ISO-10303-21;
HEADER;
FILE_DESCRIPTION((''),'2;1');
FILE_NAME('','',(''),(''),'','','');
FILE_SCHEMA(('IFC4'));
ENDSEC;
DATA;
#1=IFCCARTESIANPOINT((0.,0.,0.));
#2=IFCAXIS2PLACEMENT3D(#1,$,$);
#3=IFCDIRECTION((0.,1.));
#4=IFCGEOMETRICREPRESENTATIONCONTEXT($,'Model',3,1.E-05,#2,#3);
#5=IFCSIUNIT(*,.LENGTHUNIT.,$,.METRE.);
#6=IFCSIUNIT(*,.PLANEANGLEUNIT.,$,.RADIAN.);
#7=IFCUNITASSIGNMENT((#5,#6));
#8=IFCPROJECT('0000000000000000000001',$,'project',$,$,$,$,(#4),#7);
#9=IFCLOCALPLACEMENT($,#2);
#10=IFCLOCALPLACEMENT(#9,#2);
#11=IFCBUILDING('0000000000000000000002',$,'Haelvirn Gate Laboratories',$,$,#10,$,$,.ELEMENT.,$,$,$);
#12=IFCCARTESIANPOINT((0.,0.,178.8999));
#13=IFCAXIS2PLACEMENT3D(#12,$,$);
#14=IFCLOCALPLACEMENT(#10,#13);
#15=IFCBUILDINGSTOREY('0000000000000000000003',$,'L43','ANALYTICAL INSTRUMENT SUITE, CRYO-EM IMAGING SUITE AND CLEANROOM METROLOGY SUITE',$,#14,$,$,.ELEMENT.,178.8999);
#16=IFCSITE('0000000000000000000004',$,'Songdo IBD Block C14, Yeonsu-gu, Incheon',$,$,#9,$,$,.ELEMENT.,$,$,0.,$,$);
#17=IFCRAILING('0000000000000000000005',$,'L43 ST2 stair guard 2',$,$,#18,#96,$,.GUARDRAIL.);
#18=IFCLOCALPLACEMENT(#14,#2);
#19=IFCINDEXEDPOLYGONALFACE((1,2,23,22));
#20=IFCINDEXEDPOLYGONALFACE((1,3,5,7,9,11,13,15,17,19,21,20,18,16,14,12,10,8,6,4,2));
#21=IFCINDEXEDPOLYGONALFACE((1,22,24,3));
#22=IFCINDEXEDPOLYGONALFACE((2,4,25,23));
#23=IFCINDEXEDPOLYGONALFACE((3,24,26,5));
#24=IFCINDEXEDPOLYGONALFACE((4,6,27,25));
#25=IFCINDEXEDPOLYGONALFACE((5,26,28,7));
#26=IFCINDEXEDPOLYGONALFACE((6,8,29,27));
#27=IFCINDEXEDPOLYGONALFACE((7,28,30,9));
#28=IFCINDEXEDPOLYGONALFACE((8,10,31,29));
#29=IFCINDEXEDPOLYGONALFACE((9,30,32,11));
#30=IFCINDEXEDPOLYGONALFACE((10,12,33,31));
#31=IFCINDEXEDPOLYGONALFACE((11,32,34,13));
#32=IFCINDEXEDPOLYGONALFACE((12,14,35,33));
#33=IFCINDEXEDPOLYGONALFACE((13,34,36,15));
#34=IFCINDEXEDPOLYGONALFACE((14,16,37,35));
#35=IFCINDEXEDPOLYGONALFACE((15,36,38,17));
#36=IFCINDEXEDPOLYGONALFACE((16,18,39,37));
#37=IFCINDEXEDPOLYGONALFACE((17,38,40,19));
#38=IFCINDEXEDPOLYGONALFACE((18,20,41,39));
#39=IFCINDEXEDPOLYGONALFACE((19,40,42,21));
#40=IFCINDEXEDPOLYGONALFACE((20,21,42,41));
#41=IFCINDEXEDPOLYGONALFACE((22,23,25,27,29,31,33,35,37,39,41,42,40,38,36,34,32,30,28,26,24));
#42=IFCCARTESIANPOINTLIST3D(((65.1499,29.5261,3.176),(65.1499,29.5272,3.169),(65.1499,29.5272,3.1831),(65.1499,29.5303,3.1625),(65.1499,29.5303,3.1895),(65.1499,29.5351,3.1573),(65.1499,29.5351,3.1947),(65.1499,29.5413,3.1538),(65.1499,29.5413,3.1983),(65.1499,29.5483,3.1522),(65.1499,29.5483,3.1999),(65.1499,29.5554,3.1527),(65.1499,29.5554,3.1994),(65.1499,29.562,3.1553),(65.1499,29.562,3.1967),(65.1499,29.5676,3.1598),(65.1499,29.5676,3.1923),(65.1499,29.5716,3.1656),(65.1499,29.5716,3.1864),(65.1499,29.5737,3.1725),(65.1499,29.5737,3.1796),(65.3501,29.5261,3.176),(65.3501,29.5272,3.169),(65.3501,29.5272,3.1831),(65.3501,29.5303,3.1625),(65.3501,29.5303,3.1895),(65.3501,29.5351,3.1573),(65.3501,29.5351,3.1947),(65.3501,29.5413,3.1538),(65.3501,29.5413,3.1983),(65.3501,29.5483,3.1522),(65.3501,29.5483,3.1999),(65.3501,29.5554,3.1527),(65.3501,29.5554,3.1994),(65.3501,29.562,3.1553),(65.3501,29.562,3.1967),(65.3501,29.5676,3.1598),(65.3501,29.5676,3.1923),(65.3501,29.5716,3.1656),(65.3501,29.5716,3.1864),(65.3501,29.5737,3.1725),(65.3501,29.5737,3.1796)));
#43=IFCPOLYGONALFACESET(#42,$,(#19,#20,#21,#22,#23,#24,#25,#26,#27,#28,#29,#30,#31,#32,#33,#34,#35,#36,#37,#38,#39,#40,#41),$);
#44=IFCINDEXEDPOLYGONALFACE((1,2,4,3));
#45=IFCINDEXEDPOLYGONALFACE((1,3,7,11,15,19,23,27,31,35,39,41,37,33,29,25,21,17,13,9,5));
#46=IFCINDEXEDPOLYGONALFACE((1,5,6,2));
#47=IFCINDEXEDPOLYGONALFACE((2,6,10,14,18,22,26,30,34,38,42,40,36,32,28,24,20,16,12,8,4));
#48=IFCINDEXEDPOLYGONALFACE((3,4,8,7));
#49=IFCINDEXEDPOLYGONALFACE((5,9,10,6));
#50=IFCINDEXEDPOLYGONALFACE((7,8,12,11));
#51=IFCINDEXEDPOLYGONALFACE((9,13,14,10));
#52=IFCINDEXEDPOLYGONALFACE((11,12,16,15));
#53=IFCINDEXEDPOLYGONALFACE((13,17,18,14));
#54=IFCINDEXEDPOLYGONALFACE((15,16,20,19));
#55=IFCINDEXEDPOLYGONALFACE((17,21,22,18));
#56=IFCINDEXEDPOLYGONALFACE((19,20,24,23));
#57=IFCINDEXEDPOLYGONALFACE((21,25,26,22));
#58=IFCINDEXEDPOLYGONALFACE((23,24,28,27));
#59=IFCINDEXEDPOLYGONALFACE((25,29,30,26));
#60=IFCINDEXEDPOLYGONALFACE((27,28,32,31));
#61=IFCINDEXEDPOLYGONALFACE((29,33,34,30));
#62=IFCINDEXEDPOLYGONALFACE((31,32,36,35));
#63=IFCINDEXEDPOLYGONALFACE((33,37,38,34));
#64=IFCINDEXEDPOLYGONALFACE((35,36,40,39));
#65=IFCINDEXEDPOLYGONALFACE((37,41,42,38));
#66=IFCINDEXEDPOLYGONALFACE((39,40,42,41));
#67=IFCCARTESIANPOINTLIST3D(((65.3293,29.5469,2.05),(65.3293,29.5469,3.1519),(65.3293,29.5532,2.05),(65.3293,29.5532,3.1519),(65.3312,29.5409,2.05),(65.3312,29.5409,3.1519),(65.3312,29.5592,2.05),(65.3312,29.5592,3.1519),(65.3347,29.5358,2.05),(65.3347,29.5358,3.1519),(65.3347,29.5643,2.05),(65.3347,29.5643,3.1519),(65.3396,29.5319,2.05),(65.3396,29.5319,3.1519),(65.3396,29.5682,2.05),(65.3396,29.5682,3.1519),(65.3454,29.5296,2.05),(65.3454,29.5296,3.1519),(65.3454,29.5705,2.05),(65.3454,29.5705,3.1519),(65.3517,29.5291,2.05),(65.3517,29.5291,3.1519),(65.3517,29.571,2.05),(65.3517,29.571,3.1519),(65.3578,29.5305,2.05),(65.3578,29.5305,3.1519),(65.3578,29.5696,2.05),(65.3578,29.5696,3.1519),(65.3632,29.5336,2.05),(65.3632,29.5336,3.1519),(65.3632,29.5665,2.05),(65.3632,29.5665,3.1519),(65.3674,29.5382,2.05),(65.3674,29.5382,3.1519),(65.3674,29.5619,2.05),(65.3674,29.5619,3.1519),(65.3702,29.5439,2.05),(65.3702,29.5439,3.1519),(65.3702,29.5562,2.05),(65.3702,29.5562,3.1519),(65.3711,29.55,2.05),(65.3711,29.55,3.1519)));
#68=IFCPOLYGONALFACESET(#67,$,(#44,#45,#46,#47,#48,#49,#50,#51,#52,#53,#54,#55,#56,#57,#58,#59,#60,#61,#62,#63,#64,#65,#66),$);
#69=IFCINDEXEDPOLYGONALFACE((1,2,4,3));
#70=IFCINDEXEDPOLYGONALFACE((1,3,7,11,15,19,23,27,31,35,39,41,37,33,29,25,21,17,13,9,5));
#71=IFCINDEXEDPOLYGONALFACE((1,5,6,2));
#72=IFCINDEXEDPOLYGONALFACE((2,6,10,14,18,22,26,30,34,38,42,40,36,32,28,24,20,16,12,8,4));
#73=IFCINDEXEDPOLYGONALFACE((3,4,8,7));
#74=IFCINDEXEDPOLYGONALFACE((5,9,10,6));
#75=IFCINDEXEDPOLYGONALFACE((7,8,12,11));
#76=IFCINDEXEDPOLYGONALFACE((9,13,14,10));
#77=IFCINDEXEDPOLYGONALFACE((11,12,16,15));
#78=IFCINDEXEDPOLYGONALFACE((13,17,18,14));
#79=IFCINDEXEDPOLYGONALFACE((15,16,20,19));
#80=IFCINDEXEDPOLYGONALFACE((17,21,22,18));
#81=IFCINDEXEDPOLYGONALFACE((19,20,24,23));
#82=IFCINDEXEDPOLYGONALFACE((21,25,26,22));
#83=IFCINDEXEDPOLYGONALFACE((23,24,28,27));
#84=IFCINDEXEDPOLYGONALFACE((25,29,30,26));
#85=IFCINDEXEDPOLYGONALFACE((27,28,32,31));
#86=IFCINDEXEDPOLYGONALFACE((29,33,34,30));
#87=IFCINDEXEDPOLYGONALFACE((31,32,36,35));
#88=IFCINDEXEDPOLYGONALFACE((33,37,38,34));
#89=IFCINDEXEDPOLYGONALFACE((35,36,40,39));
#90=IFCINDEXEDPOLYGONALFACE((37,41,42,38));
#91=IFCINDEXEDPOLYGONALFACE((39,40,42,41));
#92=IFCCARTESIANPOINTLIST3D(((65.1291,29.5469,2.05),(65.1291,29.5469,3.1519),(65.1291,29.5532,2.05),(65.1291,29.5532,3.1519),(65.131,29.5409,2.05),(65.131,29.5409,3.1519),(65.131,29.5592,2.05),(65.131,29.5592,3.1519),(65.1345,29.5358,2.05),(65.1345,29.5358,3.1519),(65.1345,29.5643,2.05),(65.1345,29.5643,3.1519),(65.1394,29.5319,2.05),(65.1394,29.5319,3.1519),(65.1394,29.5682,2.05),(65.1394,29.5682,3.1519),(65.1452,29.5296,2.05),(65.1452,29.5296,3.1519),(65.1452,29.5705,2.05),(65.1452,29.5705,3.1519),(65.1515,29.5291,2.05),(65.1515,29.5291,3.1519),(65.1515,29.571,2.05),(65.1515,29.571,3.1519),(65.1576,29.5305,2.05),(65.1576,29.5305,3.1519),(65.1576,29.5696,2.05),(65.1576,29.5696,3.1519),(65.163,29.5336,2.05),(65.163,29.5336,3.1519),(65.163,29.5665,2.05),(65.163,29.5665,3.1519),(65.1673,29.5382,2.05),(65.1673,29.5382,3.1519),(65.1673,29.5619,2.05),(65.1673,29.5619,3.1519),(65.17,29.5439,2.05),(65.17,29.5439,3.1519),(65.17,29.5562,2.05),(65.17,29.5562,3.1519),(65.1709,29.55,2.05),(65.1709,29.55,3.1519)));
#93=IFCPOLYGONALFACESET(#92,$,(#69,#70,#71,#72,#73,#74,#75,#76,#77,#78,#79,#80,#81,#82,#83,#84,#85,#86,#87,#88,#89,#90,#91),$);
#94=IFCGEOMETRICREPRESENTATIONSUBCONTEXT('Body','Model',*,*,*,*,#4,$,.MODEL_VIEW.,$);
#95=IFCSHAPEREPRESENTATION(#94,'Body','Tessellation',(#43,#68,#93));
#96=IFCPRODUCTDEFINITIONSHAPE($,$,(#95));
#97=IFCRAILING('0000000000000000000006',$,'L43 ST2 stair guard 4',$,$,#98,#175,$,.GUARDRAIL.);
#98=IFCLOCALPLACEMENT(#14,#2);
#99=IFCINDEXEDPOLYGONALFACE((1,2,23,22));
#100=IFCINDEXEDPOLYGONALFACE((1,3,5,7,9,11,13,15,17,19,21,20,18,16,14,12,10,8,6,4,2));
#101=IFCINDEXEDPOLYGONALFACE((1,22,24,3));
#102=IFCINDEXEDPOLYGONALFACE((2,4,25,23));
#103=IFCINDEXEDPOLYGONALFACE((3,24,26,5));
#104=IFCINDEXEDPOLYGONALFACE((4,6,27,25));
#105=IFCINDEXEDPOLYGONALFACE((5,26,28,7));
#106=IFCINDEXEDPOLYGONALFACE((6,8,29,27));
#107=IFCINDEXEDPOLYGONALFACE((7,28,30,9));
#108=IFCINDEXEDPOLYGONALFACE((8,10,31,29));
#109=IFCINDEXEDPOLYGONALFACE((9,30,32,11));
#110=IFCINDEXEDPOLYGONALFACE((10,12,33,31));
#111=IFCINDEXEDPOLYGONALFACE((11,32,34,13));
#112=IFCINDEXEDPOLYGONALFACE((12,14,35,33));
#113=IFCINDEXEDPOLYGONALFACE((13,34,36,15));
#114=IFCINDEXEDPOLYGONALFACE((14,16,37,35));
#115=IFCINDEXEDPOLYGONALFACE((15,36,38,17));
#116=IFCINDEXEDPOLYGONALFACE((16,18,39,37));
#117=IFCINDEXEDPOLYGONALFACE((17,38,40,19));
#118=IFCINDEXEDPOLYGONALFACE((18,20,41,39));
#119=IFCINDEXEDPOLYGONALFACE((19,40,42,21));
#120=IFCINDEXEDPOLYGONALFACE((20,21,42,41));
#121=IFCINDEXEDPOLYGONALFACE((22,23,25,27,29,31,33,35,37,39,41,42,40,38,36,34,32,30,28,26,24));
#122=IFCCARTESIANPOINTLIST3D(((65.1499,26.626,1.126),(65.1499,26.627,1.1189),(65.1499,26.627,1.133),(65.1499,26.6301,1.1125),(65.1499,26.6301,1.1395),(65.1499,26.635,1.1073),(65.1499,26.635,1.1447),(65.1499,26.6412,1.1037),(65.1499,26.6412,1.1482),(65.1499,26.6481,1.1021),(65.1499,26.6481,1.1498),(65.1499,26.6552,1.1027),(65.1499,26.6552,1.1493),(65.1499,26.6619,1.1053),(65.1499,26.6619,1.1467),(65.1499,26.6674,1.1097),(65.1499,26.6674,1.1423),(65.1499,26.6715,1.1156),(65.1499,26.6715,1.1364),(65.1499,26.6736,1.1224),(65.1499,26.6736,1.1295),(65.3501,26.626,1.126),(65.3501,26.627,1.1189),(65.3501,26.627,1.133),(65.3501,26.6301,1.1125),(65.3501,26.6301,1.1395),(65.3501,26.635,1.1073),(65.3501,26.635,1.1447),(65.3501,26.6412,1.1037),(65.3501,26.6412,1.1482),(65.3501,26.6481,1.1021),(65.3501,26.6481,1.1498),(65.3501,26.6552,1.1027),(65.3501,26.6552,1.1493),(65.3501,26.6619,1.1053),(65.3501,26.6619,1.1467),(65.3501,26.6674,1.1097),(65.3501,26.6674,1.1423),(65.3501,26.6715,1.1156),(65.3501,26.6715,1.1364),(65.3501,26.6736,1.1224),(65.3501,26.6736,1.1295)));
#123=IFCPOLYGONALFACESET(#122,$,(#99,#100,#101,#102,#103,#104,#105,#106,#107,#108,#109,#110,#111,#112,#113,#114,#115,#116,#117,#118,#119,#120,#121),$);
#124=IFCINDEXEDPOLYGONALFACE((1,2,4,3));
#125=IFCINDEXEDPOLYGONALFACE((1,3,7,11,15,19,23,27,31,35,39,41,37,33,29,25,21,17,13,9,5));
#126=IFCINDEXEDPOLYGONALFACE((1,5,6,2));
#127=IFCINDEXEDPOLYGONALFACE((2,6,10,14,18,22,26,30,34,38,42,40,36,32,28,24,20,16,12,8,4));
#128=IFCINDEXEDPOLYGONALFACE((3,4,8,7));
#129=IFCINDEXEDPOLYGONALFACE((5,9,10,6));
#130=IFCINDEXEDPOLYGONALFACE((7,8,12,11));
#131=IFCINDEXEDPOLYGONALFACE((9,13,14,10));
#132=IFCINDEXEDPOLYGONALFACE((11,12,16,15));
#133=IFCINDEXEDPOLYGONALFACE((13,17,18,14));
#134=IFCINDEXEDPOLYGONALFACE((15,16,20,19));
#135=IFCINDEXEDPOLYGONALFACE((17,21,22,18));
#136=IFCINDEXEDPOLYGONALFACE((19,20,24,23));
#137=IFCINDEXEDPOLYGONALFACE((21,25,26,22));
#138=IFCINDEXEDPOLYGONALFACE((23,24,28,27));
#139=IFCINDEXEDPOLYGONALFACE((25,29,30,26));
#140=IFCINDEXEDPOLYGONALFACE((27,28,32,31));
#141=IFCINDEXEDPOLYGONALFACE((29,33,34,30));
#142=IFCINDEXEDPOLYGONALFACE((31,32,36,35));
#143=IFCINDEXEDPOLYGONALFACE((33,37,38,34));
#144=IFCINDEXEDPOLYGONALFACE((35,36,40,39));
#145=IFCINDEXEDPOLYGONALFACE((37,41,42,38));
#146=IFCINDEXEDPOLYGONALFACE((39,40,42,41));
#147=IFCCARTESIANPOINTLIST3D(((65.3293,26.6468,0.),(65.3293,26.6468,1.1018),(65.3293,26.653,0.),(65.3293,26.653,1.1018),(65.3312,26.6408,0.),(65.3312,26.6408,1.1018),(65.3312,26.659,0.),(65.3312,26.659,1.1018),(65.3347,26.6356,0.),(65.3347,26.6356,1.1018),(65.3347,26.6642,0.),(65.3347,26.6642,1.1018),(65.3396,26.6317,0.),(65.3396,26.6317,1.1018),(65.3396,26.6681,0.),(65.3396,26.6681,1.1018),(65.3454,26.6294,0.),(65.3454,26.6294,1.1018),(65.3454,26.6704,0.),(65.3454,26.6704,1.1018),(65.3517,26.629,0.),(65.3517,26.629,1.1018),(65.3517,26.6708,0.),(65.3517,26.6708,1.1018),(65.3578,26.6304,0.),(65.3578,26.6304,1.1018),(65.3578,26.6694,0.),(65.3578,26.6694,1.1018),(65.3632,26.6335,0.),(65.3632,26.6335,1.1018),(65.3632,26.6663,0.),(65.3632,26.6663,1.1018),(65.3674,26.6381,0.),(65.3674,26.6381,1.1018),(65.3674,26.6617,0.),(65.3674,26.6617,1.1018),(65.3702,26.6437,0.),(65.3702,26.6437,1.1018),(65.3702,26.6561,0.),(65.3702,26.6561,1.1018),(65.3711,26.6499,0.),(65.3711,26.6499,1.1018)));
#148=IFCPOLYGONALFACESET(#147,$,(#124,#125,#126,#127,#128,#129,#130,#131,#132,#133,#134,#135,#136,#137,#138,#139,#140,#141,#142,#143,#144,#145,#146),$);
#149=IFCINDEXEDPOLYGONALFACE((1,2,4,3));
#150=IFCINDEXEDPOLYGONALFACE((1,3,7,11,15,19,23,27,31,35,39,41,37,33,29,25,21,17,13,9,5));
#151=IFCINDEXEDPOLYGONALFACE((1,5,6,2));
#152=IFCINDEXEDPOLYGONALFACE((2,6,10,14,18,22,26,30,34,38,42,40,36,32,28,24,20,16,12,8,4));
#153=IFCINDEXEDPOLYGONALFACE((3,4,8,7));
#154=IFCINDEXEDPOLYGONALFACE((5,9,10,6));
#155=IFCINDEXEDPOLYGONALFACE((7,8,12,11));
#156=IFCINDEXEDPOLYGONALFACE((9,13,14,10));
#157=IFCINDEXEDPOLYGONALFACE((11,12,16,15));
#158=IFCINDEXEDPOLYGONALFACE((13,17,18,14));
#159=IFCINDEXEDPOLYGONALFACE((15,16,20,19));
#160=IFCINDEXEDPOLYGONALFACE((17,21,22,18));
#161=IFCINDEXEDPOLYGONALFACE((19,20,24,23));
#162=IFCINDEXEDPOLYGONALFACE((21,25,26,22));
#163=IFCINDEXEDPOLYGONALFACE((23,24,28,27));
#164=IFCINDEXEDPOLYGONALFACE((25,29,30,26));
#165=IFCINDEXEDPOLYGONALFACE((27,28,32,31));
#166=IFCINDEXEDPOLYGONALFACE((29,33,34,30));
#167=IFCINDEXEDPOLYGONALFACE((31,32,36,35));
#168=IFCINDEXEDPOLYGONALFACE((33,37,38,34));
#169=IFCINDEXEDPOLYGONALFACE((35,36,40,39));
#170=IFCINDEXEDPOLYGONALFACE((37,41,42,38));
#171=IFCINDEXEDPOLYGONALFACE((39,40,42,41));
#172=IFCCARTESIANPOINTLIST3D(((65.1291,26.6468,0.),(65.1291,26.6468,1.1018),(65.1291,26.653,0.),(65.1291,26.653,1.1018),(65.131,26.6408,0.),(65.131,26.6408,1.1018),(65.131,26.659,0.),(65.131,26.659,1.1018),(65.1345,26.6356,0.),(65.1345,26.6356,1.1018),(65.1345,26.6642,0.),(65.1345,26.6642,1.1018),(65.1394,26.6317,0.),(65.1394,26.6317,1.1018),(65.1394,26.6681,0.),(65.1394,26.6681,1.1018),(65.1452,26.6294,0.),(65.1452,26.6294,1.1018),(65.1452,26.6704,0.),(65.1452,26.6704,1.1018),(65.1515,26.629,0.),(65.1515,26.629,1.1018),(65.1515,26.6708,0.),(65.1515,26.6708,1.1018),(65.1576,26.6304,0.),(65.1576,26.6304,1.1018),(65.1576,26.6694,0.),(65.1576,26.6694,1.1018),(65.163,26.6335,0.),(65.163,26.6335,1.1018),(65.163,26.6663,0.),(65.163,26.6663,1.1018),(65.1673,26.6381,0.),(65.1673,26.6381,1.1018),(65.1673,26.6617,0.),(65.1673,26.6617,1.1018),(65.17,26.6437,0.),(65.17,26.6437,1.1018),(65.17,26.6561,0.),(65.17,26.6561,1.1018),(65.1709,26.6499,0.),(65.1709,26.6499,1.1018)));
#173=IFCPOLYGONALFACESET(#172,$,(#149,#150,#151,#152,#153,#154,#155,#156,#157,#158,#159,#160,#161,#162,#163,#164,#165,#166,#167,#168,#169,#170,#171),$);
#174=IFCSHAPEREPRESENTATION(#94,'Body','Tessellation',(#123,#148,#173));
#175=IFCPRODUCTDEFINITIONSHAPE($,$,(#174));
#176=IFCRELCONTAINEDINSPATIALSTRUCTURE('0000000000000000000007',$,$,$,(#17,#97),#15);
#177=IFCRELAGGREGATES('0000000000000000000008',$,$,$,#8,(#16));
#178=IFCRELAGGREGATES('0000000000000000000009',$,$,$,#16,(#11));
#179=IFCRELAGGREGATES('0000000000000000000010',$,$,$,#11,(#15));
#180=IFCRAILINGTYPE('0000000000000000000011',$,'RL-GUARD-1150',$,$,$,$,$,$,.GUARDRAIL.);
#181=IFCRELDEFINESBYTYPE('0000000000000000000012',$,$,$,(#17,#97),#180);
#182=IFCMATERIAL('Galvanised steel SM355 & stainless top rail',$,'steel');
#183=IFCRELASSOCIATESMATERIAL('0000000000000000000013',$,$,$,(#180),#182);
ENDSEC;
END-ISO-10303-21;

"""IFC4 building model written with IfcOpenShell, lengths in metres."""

from ifc_helpers import new_model, si_unit, direction, frame, origin, origin_2d, place, context, subcontext, project, spatial, circle, extrude, source, transform, mapped, material, type_object, element, save


model = new_model("IFC4")

# Units and contexts
model_context = context("Model", 3, precision=1e-05, world=origin(), true_north=direction((0.0, 1.0)))
body_context = subcontext(model_context, "Body", "Model", "MODEL_VIEW")
ifc_project = project(units=[si_unit("LENGTHUNIT", "METRE"), si_unit("PLANEANGLEUNIT", "RADIAN")], contexts=[model_context])

# Site, building, storey
site_placement = place(None, origin())
site = spatial("IfcSite", under=ifc_project, at=site_placement, Name="Songdo IBD Block C14, Yeonsu-gu, Incheon", CompositionType="ELEMENT", RefElevation=0.0)
building_placement = place(site_placement, origin())
building = spatial("IfcBuilding", under=site, at=building_placement, Name="Haelvirn Gate Laboratories", CompositionType="ELEMENT")
storey_placement = place(building_placement, frame((0.0, 0.0, 178.8999)))
storey = spatial("IfcBuildingStorey", under=building, at=storey_placement, Name="L43", Description="ANALYTICAL INSTRUMENT SUITE, CRYO-EM IMAGING SUITE AND CLEANROOM METROLOGY SUITE", CompositionType="ELEMENT", Elevation=178.8999)

# Railings
ifc_material_1 = material(Name="Galvanised steel SM355 & stainless top rail", Category="steel")
railing_type_1 = type_object("IfcRailingType", Name="RL-GUARD-1150", PredefinedType="GUARDRAIL", material=ifc_material_1)
shared_shape_1 = source(origin(), body_context, "Body", "SweptSolid", [
    extrude(circle(Radius=0.0239, at=origin_2d()), frame((0.0, 0.0, 1.126), z_axis=(-1.0, 0.0, 0.0), x_axis=(0.0, -1.0, 0.0)), (0.0, 0.0, 1.0), 0.2002),
    extrude(circle(Radius=0.021, at=origin_2d()), origin(), (0.0, 0.0, 1.0), 1.1018),
    extrude(circle(Radius=0.021, at=origin_2d()), frame((-0.2002, 0.0, 0.0)), (0.0, 0.0, 1.0), 1.1018),
])
for number, where, name in (
    (1, (65.3501, 29.55, 2.05), "L43 ST2 stair guard 2"),
    (2, (65.3501, 26.6499, 0.0), "L43 ST2 stair guard 4"),
):
    element("IfcRailing", number, at=place(storey_placement, frame(where)), inside=storey, type_object=railing_type_1, Name=name, PredefinedType="GUARDRAIL", context=body_context, shape_type="MappedRepresentation", body=[
        mapped(shared_shape_1, transform((0.0, 0.0, 0.0), scale=1.0)),
    ])

save(model, "model.ifc")
